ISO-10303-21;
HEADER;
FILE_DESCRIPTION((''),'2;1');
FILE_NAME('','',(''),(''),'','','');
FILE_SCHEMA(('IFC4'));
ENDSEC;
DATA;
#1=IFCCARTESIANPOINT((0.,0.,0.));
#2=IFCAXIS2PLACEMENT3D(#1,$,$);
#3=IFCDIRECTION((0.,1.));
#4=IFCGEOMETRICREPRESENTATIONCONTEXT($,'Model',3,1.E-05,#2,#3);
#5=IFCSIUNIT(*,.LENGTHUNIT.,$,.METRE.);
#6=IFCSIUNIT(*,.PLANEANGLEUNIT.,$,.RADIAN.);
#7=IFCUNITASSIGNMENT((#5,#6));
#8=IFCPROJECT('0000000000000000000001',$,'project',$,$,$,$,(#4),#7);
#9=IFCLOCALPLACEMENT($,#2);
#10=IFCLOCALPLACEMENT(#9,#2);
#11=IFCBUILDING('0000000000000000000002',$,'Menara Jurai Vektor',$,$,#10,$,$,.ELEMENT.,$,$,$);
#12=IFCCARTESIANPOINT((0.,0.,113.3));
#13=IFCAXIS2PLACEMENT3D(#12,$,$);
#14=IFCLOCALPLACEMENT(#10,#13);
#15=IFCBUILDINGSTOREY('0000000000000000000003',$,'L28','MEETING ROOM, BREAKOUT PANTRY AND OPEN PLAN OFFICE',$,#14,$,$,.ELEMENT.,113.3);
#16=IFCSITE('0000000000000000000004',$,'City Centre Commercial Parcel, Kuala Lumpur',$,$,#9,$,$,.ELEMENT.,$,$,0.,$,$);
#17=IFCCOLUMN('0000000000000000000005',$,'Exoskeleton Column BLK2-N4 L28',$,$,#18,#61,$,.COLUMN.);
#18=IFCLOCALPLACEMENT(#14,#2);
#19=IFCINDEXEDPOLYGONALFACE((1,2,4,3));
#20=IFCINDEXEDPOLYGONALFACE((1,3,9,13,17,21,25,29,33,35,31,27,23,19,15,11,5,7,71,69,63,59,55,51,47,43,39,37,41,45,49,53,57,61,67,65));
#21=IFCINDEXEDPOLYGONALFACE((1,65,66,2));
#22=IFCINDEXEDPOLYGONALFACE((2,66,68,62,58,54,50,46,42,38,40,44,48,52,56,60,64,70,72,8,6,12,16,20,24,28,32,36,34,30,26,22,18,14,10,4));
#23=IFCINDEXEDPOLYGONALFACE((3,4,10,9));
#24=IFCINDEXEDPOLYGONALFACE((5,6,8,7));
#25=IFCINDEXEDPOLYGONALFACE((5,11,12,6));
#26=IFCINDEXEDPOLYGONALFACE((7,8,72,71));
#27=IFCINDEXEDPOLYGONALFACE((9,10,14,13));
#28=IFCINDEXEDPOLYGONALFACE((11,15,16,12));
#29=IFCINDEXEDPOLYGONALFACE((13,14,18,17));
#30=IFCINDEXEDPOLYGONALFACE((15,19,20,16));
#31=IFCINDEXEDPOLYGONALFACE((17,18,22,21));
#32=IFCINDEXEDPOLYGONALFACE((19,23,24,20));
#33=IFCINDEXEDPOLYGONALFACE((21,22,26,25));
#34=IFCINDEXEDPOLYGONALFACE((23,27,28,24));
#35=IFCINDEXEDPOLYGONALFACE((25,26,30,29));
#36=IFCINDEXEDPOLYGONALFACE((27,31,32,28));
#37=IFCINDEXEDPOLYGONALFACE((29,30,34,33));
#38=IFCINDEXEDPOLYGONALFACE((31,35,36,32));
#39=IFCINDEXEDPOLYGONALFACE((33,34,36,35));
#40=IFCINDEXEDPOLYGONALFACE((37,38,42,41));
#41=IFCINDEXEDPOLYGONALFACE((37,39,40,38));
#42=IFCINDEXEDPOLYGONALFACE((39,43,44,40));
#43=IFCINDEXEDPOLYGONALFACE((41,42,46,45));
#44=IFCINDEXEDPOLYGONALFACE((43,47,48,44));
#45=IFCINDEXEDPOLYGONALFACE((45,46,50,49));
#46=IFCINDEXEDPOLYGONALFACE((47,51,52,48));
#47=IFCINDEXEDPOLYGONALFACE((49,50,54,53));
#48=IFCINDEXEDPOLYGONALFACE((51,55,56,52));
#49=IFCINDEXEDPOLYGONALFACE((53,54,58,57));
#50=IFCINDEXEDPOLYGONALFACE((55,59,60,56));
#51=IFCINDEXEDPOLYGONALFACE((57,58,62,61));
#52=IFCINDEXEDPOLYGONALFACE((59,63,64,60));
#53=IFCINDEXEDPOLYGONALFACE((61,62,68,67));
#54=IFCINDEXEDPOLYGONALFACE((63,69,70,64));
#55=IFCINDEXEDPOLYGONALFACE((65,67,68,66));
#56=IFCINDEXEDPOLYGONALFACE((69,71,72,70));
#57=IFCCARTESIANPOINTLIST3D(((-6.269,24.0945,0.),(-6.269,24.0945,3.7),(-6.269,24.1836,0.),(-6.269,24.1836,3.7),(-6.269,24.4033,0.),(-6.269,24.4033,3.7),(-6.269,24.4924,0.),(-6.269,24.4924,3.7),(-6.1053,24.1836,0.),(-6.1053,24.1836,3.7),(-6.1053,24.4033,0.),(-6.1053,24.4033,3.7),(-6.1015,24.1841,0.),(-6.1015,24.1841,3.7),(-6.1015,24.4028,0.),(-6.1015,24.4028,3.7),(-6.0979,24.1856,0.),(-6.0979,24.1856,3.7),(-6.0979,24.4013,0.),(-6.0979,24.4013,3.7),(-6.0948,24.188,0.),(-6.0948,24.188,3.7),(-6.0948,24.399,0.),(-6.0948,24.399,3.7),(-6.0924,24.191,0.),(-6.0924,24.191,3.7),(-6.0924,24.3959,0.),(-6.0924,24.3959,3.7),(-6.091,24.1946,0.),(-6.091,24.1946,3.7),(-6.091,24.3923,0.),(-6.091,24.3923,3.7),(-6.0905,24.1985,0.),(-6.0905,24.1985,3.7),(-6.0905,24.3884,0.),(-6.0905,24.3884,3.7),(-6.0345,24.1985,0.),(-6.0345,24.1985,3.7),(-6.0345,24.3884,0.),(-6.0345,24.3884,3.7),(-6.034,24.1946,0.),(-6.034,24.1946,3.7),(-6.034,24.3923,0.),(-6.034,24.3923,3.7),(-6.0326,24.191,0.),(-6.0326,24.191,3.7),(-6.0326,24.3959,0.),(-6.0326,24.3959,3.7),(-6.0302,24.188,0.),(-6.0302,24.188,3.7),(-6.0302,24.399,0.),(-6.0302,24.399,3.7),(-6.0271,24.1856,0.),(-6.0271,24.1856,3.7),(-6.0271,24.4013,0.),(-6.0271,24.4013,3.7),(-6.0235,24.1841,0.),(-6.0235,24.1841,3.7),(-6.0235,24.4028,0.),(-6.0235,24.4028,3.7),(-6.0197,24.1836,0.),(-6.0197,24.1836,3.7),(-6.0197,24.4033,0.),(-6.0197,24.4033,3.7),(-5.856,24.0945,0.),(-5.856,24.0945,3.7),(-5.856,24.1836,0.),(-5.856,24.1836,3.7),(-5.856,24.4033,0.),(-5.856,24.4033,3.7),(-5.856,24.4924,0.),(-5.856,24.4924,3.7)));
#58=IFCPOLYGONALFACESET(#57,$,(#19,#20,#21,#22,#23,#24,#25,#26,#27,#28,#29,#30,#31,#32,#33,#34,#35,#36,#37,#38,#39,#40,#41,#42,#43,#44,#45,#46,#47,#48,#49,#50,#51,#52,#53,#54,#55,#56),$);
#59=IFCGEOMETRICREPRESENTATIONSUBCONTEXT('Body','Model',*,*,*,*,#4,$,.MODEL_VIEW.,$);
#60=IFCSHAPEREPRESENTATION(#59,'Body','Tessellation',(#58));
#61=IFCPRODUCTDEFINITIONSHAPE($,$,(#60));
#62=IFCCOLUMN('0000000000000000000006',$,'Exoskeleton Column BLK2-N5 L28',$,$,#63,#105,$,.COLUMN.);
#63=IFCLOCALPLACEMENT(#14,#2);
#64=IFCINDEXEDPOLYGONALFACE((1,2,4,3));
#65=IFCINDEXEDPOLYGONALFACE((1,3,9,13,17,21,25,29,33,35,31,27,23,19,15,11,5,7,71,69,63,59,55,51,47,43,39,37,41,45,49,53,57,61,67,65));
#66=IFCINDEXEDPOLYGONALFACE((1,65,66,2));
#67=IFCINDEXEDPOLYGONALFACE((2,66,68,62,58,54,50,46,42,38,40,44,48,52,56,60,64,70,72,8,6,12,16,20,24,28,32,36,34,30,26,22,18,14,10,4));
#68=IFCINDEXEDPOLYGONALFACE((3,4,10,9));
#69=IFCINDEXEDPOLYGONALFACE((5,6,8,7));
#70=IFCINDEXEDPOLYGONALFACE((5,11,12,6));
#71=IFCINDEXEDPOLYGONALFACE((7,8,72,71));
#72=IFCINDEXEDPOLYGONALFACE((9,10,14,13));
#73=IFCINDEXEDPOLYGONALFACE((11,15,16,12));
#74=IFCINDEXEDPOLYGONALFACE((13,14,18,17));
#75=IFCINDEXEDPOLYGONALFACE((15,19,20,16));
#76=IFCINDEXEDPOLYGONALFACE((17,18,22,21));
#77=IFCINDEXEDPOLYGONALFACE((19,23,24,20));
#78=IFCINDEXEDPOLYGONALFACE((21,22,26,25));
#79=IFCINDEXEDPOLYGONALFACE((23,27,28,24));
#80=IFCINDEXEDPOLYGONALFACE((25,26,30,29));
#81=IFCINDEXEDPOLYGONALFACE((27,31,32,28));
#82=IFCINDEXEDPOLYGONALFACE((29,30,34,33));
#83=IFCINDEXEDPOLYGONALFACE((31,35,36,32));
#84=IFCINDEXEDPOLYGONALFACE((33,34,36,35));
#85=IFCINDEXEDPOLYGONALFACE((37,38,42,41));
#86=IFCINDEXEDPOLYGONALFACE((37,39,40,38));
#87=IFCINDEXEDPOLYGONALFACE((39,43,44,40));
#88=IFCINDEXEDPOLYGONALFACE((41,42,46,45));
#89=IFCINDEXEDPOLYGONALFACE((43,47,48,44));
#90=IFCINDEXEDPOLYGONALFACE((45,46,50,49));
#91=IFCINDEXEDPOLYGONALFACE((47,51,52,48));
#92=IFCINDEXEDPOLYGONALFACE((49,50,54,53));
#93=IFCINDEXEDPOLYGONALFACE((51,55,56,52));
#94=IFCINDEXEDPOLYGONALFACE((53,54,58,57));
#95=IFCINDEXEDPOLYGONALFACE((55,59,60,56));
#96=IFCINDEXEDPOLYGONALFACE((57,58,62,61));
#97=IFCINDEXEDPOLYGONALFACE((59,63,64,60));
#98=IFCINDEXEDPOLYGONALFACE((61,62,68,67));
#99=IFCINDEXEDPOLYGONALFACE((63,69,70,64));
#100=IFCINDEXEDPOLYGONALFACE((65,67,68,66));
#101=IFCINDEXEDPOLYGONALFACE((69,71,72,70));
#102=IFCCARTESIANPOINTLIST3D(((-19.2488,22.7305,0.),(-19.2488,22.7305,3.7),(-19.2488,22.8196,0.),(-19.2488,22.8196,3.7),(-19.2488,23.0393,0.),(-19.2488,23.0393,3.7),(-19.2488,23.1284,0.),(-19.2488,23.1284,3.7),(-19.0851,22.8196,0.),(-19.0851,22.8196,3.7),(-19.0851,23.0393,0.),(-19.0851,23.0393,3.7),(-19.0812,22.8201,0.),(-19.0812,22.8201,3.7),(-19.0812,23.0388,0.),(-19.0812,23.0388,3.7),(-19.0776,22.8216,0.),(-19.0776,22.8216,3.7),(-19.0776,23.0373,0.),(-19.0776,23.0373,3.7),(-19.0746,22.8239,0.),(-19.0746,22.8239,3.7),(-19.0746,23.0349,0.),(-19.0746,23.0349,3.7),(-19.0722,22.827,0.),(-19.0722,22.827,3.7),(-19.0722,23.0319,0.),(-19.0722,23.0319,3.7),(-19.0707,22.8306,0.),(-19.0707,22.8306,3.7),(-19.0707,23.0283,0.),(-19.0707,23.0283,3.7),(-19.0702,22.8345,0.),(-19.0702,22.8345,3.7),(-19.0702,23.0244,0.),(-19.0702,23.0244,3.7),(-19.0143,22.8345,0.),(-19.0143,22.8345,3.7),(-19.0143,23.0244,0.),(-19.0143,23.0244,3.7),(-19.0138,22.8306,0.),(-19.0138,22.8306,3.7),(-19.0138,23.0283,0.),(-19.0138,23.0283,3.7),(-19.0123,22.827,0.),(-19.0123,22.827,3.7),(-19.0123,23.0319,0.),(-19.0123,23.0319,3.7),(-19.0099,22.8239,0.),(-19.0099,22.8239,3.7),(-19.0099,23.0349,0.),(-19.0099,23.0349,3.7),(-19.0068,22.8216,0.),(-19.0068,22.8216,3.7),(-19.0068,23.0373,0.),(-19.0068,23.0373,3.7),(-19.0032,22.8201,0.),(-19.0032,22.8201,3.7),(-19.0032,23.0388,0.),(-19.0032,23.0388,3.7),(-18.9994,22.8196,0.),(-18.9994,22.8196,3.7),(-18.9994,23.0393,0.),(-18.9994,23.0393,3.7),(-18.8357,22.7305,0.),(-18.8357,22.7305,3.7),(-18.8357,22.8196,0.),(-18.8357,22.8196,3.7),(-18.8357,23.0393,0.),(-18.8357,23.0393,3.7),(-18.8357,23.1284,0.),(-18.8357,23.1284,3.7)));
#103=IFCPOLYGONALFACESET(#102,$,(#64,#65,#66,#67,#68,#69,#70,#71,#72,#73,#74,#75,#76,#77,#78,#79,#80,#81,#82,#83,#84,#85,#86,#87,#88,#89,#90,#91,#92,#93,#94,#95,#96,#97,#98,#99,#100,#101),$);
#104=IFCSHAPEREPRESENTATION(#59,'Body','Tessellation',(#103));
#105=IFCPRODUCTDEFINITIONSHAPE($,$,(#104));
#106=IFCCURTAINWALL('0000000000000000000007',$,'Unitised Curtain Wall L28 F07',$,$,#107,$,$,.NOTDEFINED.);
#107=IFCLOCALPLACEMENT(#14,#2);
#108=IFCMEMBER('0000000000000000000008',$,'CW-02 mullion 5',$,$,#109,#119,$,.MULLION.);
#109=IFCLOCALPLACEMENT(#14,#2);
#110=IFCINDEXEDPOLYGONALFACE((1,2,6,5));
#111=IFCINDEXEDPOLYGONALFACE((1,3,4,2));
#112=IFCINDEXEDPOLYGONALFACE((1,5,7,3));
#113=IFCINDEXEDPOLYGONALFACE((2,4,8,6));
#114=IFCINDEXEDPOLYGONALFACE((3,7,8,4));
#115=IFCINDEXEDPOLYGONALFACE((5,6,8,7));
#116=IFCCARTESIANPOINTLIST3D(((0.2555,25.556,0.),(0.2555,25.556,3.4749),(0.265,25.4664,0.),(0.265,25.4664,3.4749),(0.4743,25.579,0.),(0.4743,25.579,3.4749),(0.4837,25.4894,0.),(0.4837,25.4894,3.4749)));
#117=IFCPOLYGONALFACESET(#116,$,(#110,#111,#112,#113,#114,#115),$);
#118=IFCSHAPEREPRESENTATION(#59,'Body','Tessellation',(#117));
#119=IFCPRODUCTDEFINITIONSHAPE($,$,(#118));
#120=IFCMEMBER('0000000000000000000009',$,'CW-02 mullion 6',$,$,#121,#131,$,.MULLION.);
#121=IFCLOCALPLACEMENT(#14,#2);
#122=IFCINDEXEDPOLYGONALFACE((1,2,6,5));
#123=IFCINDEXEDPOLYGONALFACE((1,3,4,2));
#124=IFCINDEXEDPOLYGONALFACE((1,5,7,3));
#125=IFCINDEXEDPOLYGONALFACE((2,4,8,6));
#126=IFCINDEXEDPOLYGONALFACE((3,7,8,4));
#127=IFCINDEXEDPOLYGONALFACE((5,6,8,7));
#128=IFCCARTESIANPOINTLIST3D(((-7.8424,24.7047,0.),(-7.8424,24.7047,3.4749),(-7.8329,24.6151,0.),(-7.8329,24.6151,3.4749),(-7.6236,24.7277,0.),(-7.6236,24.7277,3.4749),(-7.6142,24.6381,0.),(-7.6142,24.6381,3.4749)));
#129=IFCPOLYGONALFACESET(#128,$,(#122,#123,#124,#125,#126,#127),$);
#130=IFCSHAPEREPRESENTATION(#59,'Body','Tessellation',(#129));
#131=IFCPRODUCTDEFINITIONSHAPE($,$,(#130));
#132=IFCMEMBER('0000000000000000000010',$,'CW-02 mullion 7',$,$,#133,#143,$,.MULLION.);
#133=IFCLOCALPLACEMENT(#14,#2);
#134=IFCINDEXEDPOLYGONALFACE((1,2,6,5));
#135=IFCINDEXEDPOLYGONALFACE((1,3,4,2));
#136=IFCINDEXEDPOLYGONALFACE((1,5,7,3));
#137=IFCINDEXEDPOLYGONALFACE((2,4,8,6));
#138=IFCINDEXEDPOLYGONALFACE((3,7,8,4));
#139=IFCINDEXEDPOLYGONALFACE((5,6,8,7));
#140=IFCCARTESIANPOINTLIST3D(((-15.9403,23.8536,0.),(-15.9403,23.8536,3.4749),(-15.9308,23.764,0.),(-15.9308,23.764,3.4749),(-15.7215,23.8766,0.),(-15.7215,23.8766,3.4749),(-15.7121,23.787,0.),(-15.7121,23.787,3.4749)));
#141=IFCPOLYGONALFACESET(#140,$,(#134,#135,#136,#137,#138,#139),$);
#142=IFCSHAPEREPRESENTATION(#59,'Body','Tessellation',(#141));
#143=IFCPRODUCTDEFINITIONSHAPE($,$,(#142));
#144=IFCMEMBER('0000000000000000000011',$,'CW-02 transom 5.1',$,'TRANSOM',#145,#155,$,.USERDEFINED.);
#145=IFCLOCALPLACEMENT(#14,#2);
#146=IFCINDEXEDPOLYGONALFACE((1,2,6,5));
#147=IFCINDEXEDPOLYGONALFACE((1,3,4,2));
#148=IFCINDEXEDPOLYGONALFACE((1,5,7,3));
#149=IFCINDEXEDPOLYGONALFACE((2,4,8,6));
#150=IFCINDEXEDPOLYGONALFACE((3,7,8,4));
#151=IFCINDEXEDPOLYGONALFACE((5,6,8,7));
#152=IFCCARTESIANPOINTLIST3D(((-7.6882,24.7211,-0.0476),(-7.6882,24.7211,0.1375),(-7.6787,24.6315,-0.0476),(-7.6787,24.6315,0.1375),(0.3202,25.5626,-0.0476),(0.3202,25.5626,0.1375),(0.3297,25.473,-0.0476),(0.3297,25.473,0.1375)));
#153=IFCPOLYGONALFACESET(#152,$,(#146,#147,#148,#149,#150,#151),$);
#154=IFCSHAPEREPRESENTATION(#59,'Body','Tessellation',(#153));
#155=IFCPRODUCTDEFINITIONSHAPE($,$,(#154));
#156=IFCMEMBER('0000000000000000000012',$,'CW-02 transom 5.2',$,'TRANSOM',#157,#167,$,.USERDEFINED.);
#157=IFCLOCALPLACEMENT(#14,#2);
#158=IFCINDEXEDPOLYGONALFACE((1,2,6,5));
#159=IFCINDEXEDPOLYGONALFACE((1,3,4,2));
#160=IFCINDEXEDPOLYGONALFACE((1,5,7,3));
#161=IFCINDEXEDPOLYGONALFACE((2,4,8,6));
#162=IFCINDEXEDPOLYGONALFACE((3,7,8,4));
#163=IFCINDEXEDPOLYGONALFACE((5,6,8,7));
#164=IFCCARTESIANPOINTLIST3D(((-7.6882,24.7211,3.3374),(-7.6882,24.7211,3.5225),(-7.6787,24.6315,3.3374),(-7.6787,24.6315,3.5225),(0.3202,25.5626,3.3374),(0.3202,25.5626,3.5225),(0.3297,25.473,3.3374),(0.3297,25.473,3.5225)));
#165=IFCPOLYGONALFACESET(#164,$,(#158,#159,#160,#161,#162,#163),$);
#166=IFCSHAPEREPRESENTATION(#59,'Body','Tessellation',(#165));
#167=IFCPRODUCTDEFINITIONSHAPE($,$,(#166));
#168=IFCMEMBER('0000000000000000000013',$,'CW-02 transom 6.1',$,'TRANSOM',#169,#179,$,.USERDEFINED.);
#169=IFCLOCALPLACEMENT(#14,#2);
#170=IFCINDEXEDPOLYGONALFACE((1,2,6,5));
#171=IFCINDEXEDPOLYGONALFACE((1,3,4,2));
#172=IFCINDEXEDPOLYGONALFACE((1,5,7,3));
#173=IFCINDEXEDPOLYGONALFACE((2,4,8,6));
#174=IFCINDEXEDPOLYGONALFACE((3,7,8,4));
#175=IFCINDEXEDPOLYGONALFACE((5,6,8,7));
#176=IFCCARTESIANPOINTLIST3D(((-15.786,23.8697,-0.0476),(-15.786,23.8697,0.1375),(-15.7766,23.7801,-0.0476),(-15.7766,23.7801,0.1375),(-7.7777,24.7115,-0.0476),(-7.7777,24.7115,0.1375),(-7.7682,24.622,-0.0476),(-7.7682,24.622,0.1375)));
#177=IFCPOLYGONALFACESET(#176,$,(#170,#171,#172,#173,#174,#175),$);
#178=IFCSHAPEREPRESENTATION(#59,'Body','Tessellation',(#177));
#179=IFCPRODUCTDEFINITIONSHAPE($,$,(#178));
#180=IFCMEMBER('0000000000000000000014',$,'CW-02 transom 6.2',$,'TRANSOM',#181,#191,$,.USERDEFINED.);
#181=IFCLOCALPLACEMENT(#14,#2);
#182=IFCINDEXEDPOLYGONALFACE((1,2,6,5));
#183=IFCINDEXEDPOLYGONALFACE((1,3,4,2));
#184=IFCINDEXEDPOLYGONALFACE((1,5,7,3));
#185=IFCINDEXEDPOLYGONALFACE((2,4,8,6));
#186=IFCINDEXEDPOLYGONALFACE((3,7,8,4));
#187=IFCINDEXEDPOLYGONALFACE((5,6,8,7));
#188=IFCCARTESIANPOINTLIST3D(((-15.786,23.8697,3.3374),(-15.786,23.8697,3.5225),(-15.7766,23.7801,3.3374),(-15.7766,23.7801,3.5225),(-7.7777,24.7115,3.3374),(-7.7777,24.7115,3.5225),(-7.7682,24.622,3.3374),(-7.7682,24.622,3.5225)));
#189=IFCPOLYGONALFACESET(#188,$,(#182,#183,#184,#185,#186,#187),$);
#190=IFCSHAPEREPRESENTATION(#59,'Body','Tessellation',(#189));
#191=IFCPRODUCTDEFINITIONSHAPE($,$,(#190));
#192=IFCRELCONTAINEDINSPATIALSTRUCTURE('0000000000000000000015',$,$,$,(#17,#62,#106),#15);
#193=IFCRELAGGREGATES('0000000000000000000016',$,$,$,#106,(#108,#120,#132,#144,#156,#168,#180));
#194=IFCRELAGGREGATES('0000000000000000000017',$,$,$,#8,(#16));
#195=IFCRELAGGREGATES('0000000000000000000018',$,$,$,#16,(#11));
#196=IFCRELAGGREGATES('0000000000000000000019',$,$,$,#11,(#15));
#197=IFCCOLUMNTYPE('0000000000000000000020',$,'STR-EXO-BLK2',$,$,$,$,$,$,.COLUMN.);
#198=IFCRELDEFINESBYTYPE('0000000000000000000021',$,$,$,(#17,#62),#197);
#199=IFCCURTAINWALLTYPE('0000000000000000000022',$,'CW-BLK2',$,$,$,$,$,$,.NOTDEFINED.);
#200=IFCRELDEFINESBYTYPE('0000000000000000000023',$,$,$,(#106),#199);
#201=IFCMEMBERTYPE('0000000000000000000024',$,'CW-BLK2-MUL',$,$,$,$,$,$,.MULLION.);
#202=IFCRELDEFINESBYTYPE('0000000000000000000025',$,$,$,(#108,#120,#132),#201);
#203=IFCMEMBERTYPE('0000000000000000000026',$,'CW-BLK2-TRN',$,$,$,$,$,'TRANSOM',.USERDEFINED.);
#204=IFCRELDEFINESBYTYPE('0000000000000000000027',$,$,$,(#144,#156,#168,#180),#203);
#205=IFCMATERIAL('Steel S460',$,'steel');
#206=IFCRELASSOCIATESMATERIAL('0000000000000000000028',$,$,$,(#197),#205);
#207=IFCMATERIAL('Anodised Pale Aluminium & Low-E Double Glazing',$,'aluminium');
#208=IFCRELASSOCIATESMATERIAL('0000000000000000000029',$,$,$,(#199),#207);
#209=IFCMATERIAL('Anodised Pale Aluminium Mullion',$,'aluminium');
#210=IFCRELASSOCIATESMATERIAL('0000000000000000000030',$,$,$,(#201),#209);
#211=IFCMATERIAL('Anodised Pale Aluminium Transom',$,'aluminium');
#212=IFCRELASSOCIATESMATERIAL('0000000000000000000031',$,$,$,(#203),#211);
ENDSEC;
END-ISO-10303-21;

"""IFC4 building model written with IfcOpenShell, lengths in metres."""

from ifc_helpers import new_model, si_unit, direction, frame, origin, origin_2d, place, context, subcontext, project, spatial, rectangle, i_section, extrude, material, material_profile, profile_set, type_object, element, aggregate, save


model = new_model("IFC4")

# Units and contexts
model_context = context("Model", 3, precision=1e-05, world=origin(), true_north=direction((0.0, 1.0)))
body_context = subcontext(model_context, "Body", "Model", "MODEL_VIEW")
ifc_project = project(units=[si_unit("LENGTHUNIT", "METRE"), si_unit("PLANEANGLEUNIT", "RADIAN")], contexts=[model_context])

# Site, building, storey
site_placement = place(None, origin())
site = spatial("IfcSite", under=ifc_project, at=site_placement, Name="City Centre Commercial Parcel, Kuala Lumpur", CompositionType="ELEMENT", RefElevation=0.0)
building_placement = place(site_placement, origin())
building = spatial("IfcBuilding", under=site, at=building_placement, Name="Menara Jurai Vektor", CompositionType="ELEMENT")
storey_placement = place(building_placement, frame((0.0, 0.0, 113.3)))
storey = spatial("IfcBuildingStorey", under=building, at=storey_placement, Name="L28", Description="MEETING ROOM, BREAKOUT PANTRY AND OPEN PLAN OFFICE", CompositionType="ELEMENT", Elevation=113.3)

# Columns
ifc_material_1 = material(Name="Steel S460", Category="steel")
ifc_material_profile_1 = material_profile(ifc_material_1, i_section(OverallWidth=0.4131, OverallDepth=0.3979, WebThickness=0.0559, FlangeThickness=0.0891, FilletRadius=0.0149, at=origin_2d()), Name="HD 400x744")
ifc_profile_set_1 = profile_set([ifc_material_profile_1], Name="Steel S460")
column_type = type_object("IfcColumnType", Name="STR-EXO-BLK2", PredefinedType="COLUMN", material=ifc_profile_set_1)
for number, where, z_axis, x_axis, name in (
    (1, (-6.0625, 24.2935, 0.0), (0.0, 0.0, 1.0), (1.0, 0.0, 0.0), "Exoskeleton Column BLK2-N4 L28"),
    (2, (-19.0422, 22.9294, 0.0), (0.0, 0.0, 1.0), (1.0, 0.0, 0.0), "Exoskeleton Column BLK2-N5 L28"),
):
    element("IfcColumn", number, at=place(storey_placement, frame(where, z_axis=z_axis, x_axis=x_axis)), inside=storey, type_object=column_type, Name=name, PredefinedType="COLUMN", context=body_context, shape_type="SweptSolid", body=[
        extrude(i_section(OverallWidth=0.4131, OverallDepth=0.3979, WebThickness=0.0559, FlangeThickness=0.0891, FilletRadius=0.0149, at=origin_2d()), origin(), (0.0, 0.0, 1.0), 3.7),
    ])

# Curtain wall, members
ifc_material_2 = material(Name="Anodised Pale Aluminium & Low-E Double Glazing", Category="aluminium")
curtain_wall_type = type_object("IfcCurtainWallType", Name="CW-BLK2", PredefinedType="NOTDEFINED", material=ifc_material_2)
curtain_wall_placement = place(storey_placement, origin())
curtain_wall = element("IfcCurtainWall", 3, at=curtain_wall_placement, inside=storey, type_object=curtain_wall_type, Name="Unitised Curtain Wall L28 F07", PredefinedType="NOTDEFINED")
ifc_material_3 = material(Name="Anodised Pale Aluminium Mullion", Category="aluminium")
ifc_material_profile_2 = material_profile(ifc_material_3, rectangle(XDim=0.0901, YDim=0.22, at=origin_2d()), Name="ALU MUL 90x220")
ifc_profile_set_2 = profile_set([ifc_material_profile_2], Name="Anodised Pale Aluminium Mullion")
member_type_1 = type_object("IfcMemberType", Name="CW-BLK2-MUL", PredefinedType="MULLION", material=ifc_profile_set_2)
member_1_placement = place(storey_placement, frame((0.3696, 25.5227, 0.0), z_axis=(0.0, 0.0, 1.0), x_axis=(0.104529, -0.994522, 0.0)))
member_1 = element("IfcMember", 4, at=member_1_placement, type_object=member_type_1, Name="CW-02 mullion 5", PredefinedType="MULLION", context=body_context, shape_type="SweptSolid", body=[
    extrude(rectangle(XDim=0.0901, YDim=0.22, at=origin_2d()), origin(), (0.0, 0.0, 1.0), 3.4749),
])
member_2_placement = place(storey_placement, frame((-7.7283, 24.6714, 0.0), z_axis=(0.0, 0.0, 1.0), x_axis=(0.104529, -0.994522, 0.0)))
member_2 = element("IfcMember", 5, at=member_2_placement, type_object=member_type_1, Name="CW-02 mullion 6", PredefinedType="MULLION", context=body_context, shape_type="SweptSolid", body=[
    extrude(rectangle(XDim=0.0901, YDim=0.22, at=origin_2d()), origin(), (0.0, 0.0, 1.0), 3.4749),
])
member_3_placement = place(storey_placement, frame((-15.8262, 23.8203, 0.0), z_axis=(0.0, 0.0, 1.0), x_axis=(0.104529, -0.994522, 0.0)))
member_3 = element("IfcMember", 6, at=member_3_placement, type_object=member_type_1, Name="CW-02 mullion 7", PredefinedType="MULLION", context=body_context, shape_type="SweptSolid", body=[
    extrude(rectangle(XDim=0.0901, YDim=0.22, at=origin_2d()), origin(), (0.0, 0.0, 1.0), 3.4749),
])
ifc_material_4 = material(Name="Anodised Pale Aluminium Transom", Category="aluminium")
ifc_material_profile_3 = material_profile(ifc_material_4, rectangle(XDim=0.0901, YDim=0.1851, at=origin_2d()), Name="ALU TRN 90x185")
ifc_profile_set_3 = profile_set([ifc_material_profile_3], Name="Anodised Pale Aluminium Transom")
member_type_2 = type_object("IfcMemberType", Name="CW-BLK2-TRN", ElementType="TRANSOM", PredefinedType="USERDEFINED", material=ifc_profile_set_3)
member_4_placement = place(storey_placement, frame((0.325, 25.5178, 0.0449), z_axis=(-0.994524, -0.10451, 0.0), x_axis=(0.10451, -0.994524, 0.0)))
member_4 = element("IfcMember", 7, at=member_4_placement, type_object=member_type_2, Name="CW-02 transom 5.1", ObjectType="TRANSOM", PredefinedType="USERDEFINED", context=body_context, shape_type="SweptSolid", body=[
    extrude(rectangle(XDim=0.0901, YDim=0.1851, at=origin_2d()), origin(), (0.0, 0.0, 1.0), 8.0525),
])
member_5_placement = place(storey_placement, frame((0.325, 25.5178, 3.4299), z_axis=(-0.994524, -0.10451, 0.0), x_axis=(0.10451, -0.994524, 0.0)))
member_5 = element("IfcMember", 8, at=member_5_placement, type_object=member_type_2, Name="CW-02 transom 5.2", ObjectType="TRANSOM", PredefinedType="USERDEFINED", context=body_context, shape_type="SweptSolid", body=[
    extrude(rectangle(XDim=0.0901, YDim=0.1851, at=origin_2d()), origin(), (0.0, 0.0, 1.0), 8.0525),
])
member_6_placement = place(storey_placement, frame((-7.7729, 24.6667, 0.0449), z_axis=(-0.994521, -0.10454, 0.0), x_axis=(0.10454, -0.994521, 0.0)))
member_6 = element("IfcMember", 9, at=member_6_placement, type_object=member_type_2, Name="CW-02 transom 6.1", ObjectType="TRANSOM", PredefinedType="USERDEFINED", context=body_context, shape_type="SweptSolid", body=[
    extrude(rectangle(XDim=0.0901, YDim=0.1851, at=origin_2d()), origin(), (0.0, 0.0, 1.0), 8.0525),
])
member_7_placement = place(storey_placement, frame((-7.7729, 24.6667, 3.4299), z_axis=(-0.994521, -0.10454, 0.0), x_axis=(0.10454, -0.994521, 0.0)))
member_7 = element("IfcMember", 10, at=member_7_placement, type_object=member_type_2, Name="CW-02 transom 6.2", ObjectType="TRANSOM", PredefinedType="USERDEFINED", context=body_context, shape_type="SweptSolid", body=[
    extrude(rectangle(XDim=0.0901, YDim=0.1851, at=origin_2d()), origin(), (0.0, 0.0, 1.0), 8.0525),
])

aggregate(curtain_wall, [member_1, member_2, member_3, member_4, member_5, member_6, member_7])

save(model, "model.ifc")
